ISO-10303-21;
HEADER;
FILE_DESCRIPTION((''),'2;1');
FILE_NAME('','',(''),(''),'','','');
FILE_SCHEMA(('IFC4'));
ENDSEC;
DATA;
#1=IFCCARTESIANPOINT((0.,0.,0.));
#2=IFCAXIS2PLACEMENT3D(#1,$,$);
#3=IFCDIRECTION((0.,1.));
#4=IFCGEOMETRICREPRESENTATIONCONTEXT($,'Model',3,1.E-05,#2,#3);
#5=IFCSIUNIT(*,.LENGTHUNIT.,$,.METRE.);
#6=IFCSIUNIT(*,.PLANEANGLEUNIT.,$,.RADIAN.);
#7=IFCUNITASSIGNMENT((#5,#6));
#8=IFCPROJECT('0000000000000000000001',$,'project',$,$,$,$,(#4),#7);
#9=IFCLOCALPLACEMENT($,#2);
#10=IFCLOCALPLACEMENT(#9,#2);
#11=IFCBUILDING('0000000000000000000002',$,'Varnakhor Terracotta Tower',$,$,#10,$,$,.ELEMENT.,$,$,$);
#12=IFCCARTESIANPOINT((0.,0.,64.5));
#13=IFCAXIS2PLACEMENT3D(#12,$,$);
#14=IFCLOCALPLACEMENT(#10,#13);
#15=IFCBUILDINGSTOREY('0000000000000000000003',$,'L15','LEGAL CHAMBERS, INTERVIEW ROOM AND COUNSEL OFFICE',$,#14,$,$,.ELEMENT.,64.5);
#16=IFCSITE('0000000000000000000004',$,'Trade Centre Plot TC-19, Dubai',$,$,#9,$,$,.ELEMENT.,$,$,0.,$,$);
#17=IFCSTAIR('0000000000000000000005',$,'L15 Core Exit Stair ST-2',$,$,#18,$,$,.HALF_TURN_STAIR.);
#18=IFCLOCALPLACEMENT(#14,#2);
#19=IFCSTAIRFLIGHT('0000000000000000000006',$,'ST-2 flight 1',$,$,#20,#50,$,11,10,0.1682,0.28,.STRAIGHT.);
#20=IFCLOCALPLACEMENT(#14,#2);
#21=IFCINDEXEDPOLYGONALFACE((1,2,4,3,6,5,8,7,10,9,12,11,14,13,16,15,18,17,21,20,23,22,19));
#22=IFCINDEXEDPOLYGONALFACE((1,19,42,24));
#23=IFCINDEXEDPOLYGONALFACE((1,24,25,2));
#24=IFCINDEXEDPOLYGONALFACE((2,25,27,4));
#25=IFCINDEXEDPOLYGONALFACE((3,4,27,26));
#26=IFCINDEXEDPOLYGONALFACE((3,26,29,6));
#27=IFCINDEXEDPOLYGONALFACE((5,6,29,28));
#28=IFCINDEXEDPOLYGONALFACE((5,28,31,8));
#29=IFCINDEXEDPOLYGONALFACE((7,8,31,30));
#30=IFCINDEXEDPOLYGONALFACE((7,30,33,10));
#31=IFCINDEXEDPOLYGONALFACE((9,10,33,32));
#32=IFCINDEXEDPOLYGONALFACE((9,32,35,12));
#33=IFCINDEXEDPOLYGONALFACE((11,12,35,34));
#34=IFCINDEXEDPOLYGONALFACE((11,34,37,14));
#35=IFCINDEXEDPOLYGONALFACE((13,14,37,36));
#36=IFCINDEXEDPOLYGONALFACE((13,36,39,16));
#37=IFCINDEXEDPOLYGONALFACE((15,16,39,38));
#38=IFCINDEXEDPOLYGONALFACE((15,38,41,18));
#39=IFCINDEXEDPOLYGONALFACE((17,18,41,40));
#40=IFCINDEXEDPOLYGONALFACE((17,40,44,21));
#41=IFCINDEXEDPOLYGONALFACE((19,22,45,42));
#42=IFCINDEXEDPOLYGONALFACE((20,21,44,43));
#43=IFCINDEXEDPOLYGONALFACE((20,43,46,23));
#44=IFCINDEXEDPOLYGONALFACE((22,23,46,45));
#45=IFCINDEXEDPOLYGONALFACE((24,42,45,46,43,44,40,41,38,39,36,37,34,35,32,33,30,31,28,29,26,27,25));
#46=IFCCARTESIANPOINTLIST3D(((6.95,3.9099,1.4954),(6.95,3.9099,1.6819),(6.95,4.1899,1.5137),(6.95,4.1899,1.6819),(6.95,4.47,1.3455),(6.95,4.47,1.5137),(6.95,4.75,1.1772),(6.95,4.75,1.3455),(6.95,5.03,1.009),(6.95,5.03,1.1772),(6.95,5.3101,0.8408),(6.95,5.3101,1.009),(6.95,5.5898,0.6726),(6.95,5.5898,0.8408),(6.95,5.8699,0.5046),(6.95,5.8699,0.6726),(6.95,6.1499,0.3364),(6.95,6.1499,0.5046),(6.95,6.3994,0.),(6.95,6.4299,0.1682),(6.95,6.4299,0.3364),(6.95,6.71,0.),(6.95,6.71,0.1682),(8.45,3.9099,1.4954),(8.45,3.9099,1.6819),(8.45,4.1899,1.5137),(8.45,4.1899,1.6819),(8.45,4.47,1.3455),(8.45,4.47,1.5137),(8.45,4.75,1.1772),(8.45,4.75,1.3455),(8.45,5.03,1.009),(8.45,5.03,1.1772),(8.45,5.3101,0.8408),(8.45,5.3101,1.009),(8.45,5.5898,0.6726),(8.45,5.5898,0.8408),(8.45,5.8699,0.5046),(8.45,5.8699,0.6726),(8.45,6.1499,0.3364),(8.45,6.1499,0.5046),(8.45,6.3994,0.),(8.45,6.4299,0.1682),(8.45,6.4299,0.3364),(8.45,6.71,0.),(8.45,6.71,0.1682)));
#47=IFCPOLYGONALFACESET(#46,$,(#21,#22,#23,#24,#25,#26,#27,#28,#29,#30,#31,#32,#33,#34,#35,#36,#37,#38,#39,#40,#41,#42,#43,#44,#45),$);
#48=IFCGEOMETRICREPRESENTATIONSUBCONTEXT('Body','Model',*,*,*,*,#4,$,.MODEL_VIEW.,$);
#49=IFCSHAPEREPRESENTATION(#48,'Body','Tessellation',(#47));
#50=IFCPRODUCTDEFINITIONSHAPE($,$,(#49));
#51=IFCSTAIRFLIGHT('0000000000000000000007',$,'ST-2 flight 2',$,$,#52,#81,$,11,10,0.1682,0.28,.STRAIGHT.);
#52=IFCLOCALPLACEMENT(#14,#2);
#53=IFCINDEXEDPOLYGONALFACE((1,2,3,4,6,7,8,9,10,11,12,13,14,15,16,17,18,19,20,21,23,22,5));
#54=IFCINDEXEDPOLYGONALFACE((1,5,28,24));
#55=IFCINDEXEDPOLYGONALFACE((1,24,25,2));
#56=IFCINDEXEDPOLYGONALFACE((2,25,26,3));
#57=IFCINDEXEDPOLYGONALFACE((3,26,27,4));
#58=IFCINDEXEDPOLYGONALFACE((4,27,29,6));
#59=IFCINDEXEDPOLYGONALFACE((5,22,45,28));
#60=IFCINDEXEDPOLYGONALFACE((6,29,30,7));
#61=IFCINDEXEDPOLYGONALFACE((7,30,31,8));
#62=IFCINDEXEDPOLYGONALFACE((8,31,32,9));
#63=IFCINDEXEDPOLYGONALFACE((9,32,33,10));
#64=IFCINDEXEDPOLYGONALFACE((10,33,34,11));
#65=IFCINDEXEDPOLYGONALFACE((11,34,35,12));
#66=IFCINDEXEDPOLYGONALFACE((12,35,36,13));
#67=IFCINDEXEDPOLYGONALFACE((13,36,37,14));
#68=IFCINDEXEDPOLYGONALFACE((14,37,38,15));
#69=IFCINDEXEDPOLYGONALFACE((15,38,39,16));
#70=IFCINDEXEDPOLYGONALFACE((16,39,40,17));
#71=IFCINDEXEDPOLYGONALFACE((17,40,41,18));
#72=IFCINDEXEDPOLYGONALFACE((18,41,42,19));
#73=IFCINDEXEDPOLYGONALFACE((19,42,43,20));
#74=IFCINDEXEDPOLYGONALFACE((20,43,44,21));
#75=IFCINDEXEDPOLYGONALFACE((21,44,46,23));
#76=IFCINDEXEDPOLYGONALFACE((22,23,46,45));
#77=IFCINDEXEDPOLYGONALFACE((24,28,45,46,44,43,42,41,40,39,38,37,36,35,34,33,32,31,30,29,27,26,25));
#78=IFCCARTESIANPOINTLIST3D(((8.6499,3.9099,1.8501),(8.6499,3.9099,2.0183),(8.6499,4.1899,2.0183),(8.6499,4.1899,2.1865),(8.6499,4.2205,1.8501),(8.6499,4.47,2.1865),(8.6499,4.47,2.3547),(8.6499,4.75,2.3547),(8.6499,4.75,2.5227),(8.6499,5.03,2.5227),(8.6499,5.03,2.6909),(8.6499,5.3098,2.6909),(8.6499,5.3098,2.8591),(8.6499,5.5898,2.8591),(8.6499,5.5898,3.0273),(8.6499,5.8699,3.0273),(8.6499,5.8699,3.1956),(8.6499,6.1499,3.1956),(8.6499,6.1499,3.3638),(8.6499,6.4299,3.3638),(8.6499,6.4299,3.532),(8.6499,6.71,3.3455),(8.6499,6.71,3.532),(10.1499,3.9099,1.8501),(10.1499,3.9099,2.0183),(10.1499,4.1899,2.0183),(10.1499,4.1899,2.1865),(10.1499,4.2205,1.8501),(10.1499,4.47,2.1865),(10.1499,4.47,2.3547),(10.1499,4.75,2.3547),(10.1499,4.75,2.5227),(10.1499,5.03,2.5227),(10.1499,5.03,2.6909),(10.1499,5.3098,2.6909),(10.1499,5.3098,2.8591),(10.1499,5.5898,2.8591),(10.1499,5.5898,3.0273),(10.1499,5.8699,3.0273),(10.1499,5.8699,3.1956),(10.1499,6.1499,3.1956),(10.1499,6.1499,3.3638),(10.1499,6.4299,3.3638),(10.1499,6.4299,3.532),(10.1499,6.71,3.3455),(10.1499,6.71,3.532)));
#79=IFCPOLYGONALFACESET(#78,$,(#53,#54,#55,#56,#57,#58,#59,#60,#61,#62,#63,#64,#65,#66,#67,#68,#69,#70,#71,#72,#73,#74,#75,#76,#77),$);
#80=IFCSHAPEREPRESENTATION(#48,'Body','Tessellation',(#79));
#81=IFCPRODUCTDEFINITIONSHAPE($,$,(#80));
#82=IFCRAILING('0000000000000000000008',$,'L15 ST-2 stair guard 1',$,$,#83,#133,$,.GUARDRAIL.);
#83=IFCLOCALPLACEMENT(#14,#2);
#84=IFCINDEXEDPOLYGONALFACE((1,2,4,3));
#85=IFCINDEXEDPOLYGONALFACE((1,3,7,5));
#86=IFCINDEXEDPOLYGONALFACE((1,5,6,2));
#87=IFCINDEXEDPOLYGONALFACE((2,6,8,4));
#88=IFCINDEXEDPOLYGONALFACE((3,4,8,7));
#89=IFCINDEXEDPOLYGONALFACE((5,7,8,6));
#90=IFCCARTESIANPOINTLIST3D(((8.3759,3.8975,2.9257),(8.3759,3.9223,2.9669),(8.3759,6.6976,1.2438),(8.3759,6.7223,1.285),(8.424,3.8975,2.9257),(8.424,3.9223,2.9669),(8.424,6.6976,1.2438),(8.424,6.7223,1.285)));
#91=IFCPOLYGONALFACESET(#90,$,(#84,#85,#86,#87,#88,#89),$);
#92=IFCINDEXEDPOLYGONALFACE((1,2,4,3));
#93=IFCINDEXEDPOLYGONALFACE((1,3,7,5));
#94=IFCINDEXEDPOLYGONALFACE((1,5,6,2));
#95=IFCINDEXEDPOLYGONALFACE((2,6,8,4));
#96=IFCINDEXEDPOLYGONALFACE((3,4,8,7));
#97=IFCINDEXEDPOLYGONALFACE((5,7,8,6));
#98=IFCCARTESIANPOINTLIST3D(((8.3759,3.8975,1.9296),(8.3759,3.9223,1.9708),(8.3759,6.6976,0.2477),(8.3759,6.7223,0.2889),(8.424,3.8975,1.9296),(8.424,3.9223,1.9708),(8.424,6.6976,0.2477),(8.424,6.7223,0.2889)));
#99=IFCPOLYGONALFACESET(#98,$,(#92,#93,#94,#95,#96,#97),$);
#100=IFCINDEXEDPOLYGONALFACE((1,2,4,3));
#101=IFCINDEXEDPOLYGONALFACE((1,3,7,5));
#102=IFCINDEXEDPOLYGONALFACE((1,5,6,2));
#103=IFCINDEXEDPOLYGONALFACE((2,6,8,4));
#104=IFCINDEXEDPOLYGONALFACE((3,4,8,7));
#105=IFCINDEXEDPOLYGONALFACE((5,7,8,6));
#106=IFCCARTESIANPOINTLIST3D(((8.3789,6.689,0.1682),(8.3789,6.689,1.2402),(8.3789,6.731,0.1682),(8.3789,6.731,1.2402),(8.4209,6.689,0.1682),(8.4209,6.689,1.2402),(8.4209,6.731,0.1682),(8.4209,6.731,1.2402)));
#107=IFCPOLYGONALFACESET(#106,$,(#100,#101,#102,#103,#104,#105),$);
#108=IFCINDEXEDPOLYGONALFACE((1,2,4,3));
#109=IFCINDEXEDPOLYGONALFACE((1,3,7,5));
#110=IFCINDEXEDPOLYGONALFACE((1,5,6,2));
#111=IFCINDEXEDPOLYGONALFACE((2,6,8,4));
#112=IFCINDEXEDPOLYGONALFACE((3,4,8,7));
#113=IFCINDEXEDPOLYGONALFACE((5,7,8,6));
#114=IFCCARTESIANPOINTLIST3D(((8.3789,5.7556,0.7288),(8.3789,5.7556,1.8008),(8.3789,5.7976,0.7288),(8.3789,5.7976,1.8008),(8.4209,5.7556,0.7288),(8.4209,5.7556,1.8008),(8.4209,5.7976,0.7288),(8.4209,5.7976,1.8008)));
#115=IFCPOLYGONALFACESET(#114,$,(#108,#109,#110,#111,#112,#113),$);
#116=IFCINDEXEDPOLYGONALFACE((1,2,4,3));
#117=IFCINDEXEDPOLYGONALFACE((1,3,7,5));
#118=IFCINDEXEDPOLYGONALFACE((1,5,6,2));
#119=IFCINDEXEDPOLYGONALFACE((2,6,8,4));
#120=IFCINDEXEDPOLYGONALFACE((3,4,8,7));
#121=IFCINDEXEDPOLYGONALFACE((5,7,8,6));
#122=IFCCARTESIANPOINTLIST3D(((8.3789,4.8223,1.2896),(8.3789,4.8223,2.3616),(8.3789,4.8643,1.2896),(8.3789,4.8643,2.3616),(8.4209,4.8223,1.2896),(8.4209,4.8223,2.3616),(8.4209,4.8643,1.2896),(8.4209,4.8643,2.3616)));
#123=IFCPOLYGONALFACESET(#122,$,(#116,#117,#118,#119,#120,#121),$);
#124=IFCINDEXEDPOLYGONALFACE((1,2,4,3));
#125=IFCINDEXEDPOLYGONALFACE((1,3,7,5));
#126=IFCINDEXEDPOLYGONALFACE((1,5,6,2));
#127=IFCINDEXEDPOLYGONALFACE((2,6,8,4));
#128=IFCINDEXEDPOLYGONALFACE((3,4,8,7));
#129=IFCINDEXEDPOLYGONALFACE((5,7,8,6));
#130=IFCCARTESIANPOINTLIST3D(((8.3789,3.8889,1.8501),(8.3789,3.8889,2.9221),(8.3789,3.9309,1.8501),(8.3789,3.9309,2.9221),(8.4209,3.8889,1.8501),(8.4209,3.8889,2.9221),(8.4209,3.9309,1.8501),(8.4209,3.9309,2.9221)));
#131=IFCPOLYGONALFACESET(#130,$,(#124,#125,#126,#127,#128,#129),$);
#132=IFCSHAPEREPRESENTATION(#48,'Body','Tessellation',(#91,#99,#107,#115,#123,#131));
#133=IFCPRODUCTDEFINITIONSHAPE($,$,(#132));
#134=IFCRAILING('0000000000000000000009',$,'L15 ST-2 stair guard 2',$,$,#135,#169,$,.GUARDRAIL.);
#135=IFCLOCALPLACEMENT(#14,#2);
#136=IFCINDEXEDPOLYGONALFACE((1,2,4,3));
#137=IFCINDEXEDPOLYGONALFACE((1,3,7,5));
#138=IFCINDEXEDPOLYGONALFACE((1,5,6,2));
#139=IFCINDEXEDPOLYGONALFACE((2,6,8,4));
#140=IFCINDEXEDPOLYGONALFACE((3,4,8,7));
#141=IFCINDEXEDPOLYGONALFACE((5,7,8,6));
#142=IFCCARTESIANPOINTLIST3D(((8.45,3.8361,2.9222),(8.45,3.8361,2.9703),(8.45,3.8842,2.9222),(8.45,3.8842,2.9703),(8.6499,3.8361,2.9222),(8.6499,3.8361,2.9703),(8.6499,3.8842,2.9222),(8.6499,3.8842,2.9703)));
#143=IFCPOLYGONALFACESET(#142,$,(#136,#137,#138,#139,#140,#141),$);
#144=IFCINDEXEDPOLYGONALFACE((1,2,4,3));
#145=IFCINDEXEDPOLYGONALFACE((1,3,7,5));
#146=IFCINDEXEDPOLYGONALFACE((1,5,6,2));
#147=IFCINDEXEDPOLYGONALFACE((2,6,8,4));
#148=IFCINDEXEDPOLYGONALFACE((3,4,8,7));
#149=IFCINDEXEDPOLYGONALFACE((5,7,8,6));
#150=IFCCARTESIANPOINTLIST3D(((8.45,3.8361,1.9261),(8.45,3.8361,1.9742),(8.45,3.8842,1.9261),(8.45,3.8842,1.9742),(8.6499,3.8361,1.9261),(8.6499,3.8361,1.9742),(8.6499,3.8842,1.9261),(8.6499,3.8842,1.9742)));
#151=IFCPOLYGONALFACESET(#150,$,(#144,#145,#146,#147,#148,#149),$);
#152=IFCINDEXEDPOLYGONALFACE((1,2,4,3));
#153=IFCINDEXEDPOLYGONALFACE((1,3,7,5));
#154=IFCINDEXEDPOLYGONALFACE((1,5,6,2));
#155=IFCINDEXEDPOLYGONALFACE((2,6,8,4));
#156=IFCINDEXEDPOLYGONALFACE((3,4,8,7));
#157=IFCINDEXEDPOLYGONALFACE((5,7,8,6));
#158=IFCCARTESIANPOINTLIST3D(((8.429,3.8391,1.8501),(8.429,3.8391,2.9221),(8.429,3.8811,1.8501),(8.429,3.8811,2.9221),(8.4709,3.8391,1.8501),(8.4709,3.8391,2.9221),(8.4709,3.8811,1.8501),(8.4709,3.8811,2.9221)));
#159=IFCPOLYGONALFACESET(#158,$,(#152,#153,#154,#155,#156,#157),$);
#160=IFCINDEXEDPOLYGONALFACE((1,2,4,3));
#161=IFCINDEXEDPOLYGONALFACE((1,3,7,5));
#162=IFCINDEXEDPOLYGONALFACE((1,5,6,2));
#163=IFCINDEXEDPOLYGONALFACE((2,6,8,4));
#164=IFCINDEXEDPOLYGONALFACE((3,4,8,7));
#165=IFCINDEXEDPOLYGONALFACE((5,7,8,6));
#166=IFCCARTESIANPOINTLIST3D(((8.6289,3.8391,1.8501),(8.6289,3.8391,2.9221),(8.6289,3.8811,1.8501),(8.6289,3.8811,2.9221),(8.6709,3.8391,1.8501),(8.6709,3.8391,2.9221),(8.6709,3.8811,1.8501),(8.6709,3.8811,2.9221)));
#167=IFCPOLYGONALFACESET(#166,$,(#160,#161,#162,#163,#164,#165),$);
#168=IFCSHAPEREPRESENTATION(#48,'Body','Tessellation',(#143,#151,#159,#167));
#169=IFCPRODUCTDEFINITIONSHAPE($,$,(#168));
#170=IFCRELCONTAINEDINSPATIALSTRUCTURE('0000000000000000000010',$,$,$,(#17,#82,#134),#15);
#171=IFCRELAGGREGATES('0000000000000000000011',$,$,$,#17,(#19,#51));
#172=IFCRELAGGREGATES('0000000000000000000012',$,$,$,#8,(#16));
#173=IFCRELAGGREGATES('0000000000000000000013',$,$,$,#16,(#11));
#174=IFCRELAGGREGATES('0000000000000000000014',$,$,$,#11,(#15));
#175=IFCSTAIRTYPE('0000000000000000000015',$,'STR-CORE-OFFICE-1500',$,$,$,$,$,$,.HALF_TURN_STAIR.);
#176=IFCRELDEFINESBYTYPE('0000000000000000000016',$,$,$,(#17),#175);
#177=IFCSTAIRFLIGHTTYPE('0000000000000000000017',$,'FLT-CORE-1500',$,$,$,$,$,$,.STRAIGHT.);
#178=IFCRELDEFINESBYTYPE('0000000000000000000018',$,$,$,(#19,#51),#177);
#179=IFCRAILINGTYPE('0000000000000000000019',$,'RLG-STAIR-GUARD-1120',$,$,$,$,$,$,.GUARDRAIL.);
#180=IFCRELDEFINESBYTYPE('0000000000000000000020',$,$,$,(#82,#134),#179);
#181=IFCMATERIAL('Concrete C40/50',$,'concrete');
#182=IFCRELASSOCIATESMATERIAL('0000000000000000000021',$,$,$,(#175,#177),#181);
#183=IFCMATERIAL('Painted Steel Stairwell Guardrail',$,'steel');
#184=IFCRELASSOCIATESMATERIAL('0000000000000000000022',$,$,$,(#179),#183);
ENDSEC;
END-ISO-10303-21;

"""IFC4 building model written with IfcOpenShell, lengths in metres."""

from ifc_helpers import new_model, si_unit, direction, frame, origin, origin_2d, place, context, subcontext, project, spatial, polyline, rectangle, outline, extrude, material, type_object, element, aggregate, save


model = new_model("IFC4")

# Units and contexts
model_context = context("Model", 3, precision=1e-05, world=origin(), true_north=direction((0.0, 1.0)))
body_context = subcontext(model_context, "Body", "Model", "MODEL_VIEW")
ifc_project = project(units=[si_unit("LENGTHUNIT", "METRE"), si_unit("PLANEANGLEUNIT", "RADIAN")], contexts=[model_context])

# Site, building, storey
site_placement = place(None, origin())
site = spatial("IfcSite", under=ifc_project, at=site_placement, Name="Trade Centre Plot TC-19, Dubai", CompositionType="ELEMENT", RefElevation=0.0)
building_placement = place(site_placement, origin())
building = spatial("IfcBuilding", under=site, at=building_placement, Name="Varnakhor Terracotta Tower", CompositionType="ELEMENT")
storey_placement = place(building_placement, frame((0.0, 0.0, 64.5)))
storey = spatial("IfcBuildingStorey", under=building, at=storey_placement, Name="L15", Description="LEGAL CHAMBERS, INTERVIEW ROOM AND COUNSEL OFFICE", CompositionType="ELEMENT", Elevation=64.5)

# Shared definitions
ifc_material_1 = material(Name="Concrete C40/50", Category="concrete")

# Stair, stair flights
stair_type = type_object("IfcStairType", Name="STR-CORE-OFFICE-1500", PredefinedType="HALF_TURN_STAIR", material=ifc_material_1)
stair_placement = place(storey_placement, origin())
stair = element("IfcStair", 1, at=stair_placement, inside=storey, type_object=stair_type, Name="L15 Core Exit Stair ST-2", PredefinedType="HALF_TURN_STAIR")
stair_flight_type = type_object("IfcStairFlightType", Name="FLT-CORE-1500", PredefinedType="STRAIGHT", material=ifc_material_1)
stair_flight_1_placement = place(storey_placement, frame((7.7, 6.71, 0.0), z_axis=(0.0, 0.0, 1.0), x_axis=(0.0, -1.0, 0.0)))
stair_flight_1 = element("IfcStairFlight", 2, at=stair_flight_1_placement, type_object=stair_flight_type, Name="ST-2 flight 1", NumberOfRisers=11, NumberOfTreads=10, PredefinedType="STRAIGHT", RiserHeight=0.1682, TreadLength=0.28, context=body_context, shape_type="SweptSolid", body=[
    extrude(outline(polyline([(0.0, 0.0), (0.0, 0.1682), (0.28, 0.1682), (0.28, 0.3364), (0.5601, 0.3364), (0.5601, 0.5046), (0.8401, 0.5046), (0.8401, 0.6726), (1.1201, 0.6726), (1.1201, 0.8408), (1.3999, 0.8408), (1.3999, 1.009), (1.6799, 1.009), (1.6799, 1.1772), (1.96, 1.1772), (1.96, 1.3455), (2.24, 1.3455), (2.24, 1.5137), (2.52, 1.5137), (2.52, 1.6819), (2.8, 1.6819), (2.8, 1.8501), (2.8, 1.4954), (0.3105, 0.0), (0.0, 0.0)])), frame((0.0, 0.75, 0.0), z_axis=(0.0, -1.0, 0.0), x_axis=(1.0, 0.0, 0.0)), (0.0, 0.0, 1.0), 1.5),
])
stair_flight_2_placement = place(storey_placement, frame((9.3999, 3.9099, 1.8501), z_axis=(0.0, 0.0, 1.0), x_axis=(0.0, 1.0, 0.0)))
stair_flight_2 = element("IfcStairFlight", 3, at=stair_flight_2_placement, type_object=stair_flight_type, Name="ST-2 flight 2", NumberOfRisers=11, NumberOfTreads=10, PredefinedType="STRAIGHT", RiserHeight=0.1682, TreadLength=0.28, context=body_context, shape_type="SweptSolid", body=[
    extrude(outline(polyline([(0.0, 0.0), (0.0, 0.1682), (0.28, 0.1682), (0.28, 0.3364), (0.5601, 0.3364), (0.5601, 0.5046), (0.8401, 0.5046), (0.8401, 0.6726), (1.1201, 0.6726), (1.1201, 0.8408), (1.3999, 0.8408), (1.3999, 1.009), (1.6799, 1.009), (1.6799, 1.1772), (1.96, 1.1772), (1.96, 1.3455), (2.24, 1.3455), (2.24, 1.5137), (2.52, 1.5137), (2.52, 1.6819), (2.8, 1.6819), (2.8, 1.8501), (2.8, 1.4954), (0.3105, 0.0), (0.0, 0.0)])), frame((0.0, 0.75, 0.0), z_axis=(0.0, -1.0, 0.0), x_axis=(1.0, 0.0, 0.0)), (0.0, 0.0, 1.0), 1.5),
])
aggregate(stair, [stair_flight_1, stair_flight_2])

# Railings
ifc_material_2 = material(Name="Painted Steel Stairwell Guardrail", Category="steel")
railing_type_1 = type_object("IfcRailingType", Name="RLG-STAIR-GUARD-1120", PredefinedType="GUARDRAIL", material=ifc_material_2)
railing_1_placement = place(storey_placement, frame((8.3999, 6.71, 0.1682)))
element("IfcRailing", 4, at=railing_1_placement, inside=storey, type_object=railing_type_1, Name="L15 ST-2 stair guard 1", PredefinedType="GUARDRAIL", context=body_context, shape_type="SweptSolid", body=[
    extrude(rectangle(XDim=0.0481, YDim=0.0481, at=origin_2d()), frame((0.0, 0.0, 1.0962), z_axis=(0.0, -0.857242, 0.514913), x_axis=(1.0, 0.0, 0.0)), (0.0, 0.0, 1.0), 3.2664),
    extrude(rectangle(XDim=0.0481, YDim=0.0481, at=origin_2d()), frame((0.0, 0.0, 0.1001), z_axis=(0.0, -0.857242, 0.514913), x_axis=(1.0, 0.0, 0.0)), (0.0, 0.0, 1.0), 3.2664),
    extrude(rectangle(XDim=0.042, YDim=0.042, at=origin_2d()), origin(), (0.0, 0.0, 1.0), 1.072),
    extrude(rectangle(XDim=0.042, YDim=0.042, at=origin_2d()), frame((0.0, -0.9333, 0.5605)), (0.0, 0.0, 1.0), 1.072),
    extrude(rectangle(XDim=0.042, YDim=0.042, at=origin_2d()), frame((0.0, -1.8667, 1.1213)), (0.0, 0.0, 1.0), 1.072),
    extrude(rectangle(XDim=0.042, YDim=0.042, at=origin_2d()), frame((0.0, -2.8, 1.6819)), (0.0, 0.0, 1.0), 1.072),
])
railing_2_placement = place(storey_placement, frame((8.45, 3.8601, 1.8501)))
element("IfcRailing", 5, at=railing_2_placement, inside=storey, type_object=railing_type_1, Name="L15 ST-2 stair guard 2", PredefinedType="GUARDRAIL", context=body_context, shape_type="SweptSolid", body=[
    extrude(rectangle(XDim=0.0481, YDim=0.0481, at=origin_2d()), frame((0.0, 0.0, 1.0962), z_axis=(1.0, 0.0, 0.0), x_axis=(0.0, 1.0, 0.0)), (0.0, 0.0, 1.0), 0.2),
    extrude(rectangle(XDim=0.0481, YDim=0.0481, at=origin_2d()), frame((0.0, 0.0, 0.1001), z_axis=(1.0, 0.0, 0.0), x_axis=(0.0, 1.0, 0.0)), (0.0, 0.0, 1.0), 0.2),
    extrude(rectangle(XDim=0.042, YDim=0.042, at=origin_2d()), origin(), (0.0, 0.0, 1.0), 1.072),
    extrude(rectangle(XDim=0.042, YDim=0.042, at=origin_2d()), frame((0.2, 0.0, 0.0)), (0.0, 0.0, 1.0), 1.072),
])

save(model, "model.ifc")
